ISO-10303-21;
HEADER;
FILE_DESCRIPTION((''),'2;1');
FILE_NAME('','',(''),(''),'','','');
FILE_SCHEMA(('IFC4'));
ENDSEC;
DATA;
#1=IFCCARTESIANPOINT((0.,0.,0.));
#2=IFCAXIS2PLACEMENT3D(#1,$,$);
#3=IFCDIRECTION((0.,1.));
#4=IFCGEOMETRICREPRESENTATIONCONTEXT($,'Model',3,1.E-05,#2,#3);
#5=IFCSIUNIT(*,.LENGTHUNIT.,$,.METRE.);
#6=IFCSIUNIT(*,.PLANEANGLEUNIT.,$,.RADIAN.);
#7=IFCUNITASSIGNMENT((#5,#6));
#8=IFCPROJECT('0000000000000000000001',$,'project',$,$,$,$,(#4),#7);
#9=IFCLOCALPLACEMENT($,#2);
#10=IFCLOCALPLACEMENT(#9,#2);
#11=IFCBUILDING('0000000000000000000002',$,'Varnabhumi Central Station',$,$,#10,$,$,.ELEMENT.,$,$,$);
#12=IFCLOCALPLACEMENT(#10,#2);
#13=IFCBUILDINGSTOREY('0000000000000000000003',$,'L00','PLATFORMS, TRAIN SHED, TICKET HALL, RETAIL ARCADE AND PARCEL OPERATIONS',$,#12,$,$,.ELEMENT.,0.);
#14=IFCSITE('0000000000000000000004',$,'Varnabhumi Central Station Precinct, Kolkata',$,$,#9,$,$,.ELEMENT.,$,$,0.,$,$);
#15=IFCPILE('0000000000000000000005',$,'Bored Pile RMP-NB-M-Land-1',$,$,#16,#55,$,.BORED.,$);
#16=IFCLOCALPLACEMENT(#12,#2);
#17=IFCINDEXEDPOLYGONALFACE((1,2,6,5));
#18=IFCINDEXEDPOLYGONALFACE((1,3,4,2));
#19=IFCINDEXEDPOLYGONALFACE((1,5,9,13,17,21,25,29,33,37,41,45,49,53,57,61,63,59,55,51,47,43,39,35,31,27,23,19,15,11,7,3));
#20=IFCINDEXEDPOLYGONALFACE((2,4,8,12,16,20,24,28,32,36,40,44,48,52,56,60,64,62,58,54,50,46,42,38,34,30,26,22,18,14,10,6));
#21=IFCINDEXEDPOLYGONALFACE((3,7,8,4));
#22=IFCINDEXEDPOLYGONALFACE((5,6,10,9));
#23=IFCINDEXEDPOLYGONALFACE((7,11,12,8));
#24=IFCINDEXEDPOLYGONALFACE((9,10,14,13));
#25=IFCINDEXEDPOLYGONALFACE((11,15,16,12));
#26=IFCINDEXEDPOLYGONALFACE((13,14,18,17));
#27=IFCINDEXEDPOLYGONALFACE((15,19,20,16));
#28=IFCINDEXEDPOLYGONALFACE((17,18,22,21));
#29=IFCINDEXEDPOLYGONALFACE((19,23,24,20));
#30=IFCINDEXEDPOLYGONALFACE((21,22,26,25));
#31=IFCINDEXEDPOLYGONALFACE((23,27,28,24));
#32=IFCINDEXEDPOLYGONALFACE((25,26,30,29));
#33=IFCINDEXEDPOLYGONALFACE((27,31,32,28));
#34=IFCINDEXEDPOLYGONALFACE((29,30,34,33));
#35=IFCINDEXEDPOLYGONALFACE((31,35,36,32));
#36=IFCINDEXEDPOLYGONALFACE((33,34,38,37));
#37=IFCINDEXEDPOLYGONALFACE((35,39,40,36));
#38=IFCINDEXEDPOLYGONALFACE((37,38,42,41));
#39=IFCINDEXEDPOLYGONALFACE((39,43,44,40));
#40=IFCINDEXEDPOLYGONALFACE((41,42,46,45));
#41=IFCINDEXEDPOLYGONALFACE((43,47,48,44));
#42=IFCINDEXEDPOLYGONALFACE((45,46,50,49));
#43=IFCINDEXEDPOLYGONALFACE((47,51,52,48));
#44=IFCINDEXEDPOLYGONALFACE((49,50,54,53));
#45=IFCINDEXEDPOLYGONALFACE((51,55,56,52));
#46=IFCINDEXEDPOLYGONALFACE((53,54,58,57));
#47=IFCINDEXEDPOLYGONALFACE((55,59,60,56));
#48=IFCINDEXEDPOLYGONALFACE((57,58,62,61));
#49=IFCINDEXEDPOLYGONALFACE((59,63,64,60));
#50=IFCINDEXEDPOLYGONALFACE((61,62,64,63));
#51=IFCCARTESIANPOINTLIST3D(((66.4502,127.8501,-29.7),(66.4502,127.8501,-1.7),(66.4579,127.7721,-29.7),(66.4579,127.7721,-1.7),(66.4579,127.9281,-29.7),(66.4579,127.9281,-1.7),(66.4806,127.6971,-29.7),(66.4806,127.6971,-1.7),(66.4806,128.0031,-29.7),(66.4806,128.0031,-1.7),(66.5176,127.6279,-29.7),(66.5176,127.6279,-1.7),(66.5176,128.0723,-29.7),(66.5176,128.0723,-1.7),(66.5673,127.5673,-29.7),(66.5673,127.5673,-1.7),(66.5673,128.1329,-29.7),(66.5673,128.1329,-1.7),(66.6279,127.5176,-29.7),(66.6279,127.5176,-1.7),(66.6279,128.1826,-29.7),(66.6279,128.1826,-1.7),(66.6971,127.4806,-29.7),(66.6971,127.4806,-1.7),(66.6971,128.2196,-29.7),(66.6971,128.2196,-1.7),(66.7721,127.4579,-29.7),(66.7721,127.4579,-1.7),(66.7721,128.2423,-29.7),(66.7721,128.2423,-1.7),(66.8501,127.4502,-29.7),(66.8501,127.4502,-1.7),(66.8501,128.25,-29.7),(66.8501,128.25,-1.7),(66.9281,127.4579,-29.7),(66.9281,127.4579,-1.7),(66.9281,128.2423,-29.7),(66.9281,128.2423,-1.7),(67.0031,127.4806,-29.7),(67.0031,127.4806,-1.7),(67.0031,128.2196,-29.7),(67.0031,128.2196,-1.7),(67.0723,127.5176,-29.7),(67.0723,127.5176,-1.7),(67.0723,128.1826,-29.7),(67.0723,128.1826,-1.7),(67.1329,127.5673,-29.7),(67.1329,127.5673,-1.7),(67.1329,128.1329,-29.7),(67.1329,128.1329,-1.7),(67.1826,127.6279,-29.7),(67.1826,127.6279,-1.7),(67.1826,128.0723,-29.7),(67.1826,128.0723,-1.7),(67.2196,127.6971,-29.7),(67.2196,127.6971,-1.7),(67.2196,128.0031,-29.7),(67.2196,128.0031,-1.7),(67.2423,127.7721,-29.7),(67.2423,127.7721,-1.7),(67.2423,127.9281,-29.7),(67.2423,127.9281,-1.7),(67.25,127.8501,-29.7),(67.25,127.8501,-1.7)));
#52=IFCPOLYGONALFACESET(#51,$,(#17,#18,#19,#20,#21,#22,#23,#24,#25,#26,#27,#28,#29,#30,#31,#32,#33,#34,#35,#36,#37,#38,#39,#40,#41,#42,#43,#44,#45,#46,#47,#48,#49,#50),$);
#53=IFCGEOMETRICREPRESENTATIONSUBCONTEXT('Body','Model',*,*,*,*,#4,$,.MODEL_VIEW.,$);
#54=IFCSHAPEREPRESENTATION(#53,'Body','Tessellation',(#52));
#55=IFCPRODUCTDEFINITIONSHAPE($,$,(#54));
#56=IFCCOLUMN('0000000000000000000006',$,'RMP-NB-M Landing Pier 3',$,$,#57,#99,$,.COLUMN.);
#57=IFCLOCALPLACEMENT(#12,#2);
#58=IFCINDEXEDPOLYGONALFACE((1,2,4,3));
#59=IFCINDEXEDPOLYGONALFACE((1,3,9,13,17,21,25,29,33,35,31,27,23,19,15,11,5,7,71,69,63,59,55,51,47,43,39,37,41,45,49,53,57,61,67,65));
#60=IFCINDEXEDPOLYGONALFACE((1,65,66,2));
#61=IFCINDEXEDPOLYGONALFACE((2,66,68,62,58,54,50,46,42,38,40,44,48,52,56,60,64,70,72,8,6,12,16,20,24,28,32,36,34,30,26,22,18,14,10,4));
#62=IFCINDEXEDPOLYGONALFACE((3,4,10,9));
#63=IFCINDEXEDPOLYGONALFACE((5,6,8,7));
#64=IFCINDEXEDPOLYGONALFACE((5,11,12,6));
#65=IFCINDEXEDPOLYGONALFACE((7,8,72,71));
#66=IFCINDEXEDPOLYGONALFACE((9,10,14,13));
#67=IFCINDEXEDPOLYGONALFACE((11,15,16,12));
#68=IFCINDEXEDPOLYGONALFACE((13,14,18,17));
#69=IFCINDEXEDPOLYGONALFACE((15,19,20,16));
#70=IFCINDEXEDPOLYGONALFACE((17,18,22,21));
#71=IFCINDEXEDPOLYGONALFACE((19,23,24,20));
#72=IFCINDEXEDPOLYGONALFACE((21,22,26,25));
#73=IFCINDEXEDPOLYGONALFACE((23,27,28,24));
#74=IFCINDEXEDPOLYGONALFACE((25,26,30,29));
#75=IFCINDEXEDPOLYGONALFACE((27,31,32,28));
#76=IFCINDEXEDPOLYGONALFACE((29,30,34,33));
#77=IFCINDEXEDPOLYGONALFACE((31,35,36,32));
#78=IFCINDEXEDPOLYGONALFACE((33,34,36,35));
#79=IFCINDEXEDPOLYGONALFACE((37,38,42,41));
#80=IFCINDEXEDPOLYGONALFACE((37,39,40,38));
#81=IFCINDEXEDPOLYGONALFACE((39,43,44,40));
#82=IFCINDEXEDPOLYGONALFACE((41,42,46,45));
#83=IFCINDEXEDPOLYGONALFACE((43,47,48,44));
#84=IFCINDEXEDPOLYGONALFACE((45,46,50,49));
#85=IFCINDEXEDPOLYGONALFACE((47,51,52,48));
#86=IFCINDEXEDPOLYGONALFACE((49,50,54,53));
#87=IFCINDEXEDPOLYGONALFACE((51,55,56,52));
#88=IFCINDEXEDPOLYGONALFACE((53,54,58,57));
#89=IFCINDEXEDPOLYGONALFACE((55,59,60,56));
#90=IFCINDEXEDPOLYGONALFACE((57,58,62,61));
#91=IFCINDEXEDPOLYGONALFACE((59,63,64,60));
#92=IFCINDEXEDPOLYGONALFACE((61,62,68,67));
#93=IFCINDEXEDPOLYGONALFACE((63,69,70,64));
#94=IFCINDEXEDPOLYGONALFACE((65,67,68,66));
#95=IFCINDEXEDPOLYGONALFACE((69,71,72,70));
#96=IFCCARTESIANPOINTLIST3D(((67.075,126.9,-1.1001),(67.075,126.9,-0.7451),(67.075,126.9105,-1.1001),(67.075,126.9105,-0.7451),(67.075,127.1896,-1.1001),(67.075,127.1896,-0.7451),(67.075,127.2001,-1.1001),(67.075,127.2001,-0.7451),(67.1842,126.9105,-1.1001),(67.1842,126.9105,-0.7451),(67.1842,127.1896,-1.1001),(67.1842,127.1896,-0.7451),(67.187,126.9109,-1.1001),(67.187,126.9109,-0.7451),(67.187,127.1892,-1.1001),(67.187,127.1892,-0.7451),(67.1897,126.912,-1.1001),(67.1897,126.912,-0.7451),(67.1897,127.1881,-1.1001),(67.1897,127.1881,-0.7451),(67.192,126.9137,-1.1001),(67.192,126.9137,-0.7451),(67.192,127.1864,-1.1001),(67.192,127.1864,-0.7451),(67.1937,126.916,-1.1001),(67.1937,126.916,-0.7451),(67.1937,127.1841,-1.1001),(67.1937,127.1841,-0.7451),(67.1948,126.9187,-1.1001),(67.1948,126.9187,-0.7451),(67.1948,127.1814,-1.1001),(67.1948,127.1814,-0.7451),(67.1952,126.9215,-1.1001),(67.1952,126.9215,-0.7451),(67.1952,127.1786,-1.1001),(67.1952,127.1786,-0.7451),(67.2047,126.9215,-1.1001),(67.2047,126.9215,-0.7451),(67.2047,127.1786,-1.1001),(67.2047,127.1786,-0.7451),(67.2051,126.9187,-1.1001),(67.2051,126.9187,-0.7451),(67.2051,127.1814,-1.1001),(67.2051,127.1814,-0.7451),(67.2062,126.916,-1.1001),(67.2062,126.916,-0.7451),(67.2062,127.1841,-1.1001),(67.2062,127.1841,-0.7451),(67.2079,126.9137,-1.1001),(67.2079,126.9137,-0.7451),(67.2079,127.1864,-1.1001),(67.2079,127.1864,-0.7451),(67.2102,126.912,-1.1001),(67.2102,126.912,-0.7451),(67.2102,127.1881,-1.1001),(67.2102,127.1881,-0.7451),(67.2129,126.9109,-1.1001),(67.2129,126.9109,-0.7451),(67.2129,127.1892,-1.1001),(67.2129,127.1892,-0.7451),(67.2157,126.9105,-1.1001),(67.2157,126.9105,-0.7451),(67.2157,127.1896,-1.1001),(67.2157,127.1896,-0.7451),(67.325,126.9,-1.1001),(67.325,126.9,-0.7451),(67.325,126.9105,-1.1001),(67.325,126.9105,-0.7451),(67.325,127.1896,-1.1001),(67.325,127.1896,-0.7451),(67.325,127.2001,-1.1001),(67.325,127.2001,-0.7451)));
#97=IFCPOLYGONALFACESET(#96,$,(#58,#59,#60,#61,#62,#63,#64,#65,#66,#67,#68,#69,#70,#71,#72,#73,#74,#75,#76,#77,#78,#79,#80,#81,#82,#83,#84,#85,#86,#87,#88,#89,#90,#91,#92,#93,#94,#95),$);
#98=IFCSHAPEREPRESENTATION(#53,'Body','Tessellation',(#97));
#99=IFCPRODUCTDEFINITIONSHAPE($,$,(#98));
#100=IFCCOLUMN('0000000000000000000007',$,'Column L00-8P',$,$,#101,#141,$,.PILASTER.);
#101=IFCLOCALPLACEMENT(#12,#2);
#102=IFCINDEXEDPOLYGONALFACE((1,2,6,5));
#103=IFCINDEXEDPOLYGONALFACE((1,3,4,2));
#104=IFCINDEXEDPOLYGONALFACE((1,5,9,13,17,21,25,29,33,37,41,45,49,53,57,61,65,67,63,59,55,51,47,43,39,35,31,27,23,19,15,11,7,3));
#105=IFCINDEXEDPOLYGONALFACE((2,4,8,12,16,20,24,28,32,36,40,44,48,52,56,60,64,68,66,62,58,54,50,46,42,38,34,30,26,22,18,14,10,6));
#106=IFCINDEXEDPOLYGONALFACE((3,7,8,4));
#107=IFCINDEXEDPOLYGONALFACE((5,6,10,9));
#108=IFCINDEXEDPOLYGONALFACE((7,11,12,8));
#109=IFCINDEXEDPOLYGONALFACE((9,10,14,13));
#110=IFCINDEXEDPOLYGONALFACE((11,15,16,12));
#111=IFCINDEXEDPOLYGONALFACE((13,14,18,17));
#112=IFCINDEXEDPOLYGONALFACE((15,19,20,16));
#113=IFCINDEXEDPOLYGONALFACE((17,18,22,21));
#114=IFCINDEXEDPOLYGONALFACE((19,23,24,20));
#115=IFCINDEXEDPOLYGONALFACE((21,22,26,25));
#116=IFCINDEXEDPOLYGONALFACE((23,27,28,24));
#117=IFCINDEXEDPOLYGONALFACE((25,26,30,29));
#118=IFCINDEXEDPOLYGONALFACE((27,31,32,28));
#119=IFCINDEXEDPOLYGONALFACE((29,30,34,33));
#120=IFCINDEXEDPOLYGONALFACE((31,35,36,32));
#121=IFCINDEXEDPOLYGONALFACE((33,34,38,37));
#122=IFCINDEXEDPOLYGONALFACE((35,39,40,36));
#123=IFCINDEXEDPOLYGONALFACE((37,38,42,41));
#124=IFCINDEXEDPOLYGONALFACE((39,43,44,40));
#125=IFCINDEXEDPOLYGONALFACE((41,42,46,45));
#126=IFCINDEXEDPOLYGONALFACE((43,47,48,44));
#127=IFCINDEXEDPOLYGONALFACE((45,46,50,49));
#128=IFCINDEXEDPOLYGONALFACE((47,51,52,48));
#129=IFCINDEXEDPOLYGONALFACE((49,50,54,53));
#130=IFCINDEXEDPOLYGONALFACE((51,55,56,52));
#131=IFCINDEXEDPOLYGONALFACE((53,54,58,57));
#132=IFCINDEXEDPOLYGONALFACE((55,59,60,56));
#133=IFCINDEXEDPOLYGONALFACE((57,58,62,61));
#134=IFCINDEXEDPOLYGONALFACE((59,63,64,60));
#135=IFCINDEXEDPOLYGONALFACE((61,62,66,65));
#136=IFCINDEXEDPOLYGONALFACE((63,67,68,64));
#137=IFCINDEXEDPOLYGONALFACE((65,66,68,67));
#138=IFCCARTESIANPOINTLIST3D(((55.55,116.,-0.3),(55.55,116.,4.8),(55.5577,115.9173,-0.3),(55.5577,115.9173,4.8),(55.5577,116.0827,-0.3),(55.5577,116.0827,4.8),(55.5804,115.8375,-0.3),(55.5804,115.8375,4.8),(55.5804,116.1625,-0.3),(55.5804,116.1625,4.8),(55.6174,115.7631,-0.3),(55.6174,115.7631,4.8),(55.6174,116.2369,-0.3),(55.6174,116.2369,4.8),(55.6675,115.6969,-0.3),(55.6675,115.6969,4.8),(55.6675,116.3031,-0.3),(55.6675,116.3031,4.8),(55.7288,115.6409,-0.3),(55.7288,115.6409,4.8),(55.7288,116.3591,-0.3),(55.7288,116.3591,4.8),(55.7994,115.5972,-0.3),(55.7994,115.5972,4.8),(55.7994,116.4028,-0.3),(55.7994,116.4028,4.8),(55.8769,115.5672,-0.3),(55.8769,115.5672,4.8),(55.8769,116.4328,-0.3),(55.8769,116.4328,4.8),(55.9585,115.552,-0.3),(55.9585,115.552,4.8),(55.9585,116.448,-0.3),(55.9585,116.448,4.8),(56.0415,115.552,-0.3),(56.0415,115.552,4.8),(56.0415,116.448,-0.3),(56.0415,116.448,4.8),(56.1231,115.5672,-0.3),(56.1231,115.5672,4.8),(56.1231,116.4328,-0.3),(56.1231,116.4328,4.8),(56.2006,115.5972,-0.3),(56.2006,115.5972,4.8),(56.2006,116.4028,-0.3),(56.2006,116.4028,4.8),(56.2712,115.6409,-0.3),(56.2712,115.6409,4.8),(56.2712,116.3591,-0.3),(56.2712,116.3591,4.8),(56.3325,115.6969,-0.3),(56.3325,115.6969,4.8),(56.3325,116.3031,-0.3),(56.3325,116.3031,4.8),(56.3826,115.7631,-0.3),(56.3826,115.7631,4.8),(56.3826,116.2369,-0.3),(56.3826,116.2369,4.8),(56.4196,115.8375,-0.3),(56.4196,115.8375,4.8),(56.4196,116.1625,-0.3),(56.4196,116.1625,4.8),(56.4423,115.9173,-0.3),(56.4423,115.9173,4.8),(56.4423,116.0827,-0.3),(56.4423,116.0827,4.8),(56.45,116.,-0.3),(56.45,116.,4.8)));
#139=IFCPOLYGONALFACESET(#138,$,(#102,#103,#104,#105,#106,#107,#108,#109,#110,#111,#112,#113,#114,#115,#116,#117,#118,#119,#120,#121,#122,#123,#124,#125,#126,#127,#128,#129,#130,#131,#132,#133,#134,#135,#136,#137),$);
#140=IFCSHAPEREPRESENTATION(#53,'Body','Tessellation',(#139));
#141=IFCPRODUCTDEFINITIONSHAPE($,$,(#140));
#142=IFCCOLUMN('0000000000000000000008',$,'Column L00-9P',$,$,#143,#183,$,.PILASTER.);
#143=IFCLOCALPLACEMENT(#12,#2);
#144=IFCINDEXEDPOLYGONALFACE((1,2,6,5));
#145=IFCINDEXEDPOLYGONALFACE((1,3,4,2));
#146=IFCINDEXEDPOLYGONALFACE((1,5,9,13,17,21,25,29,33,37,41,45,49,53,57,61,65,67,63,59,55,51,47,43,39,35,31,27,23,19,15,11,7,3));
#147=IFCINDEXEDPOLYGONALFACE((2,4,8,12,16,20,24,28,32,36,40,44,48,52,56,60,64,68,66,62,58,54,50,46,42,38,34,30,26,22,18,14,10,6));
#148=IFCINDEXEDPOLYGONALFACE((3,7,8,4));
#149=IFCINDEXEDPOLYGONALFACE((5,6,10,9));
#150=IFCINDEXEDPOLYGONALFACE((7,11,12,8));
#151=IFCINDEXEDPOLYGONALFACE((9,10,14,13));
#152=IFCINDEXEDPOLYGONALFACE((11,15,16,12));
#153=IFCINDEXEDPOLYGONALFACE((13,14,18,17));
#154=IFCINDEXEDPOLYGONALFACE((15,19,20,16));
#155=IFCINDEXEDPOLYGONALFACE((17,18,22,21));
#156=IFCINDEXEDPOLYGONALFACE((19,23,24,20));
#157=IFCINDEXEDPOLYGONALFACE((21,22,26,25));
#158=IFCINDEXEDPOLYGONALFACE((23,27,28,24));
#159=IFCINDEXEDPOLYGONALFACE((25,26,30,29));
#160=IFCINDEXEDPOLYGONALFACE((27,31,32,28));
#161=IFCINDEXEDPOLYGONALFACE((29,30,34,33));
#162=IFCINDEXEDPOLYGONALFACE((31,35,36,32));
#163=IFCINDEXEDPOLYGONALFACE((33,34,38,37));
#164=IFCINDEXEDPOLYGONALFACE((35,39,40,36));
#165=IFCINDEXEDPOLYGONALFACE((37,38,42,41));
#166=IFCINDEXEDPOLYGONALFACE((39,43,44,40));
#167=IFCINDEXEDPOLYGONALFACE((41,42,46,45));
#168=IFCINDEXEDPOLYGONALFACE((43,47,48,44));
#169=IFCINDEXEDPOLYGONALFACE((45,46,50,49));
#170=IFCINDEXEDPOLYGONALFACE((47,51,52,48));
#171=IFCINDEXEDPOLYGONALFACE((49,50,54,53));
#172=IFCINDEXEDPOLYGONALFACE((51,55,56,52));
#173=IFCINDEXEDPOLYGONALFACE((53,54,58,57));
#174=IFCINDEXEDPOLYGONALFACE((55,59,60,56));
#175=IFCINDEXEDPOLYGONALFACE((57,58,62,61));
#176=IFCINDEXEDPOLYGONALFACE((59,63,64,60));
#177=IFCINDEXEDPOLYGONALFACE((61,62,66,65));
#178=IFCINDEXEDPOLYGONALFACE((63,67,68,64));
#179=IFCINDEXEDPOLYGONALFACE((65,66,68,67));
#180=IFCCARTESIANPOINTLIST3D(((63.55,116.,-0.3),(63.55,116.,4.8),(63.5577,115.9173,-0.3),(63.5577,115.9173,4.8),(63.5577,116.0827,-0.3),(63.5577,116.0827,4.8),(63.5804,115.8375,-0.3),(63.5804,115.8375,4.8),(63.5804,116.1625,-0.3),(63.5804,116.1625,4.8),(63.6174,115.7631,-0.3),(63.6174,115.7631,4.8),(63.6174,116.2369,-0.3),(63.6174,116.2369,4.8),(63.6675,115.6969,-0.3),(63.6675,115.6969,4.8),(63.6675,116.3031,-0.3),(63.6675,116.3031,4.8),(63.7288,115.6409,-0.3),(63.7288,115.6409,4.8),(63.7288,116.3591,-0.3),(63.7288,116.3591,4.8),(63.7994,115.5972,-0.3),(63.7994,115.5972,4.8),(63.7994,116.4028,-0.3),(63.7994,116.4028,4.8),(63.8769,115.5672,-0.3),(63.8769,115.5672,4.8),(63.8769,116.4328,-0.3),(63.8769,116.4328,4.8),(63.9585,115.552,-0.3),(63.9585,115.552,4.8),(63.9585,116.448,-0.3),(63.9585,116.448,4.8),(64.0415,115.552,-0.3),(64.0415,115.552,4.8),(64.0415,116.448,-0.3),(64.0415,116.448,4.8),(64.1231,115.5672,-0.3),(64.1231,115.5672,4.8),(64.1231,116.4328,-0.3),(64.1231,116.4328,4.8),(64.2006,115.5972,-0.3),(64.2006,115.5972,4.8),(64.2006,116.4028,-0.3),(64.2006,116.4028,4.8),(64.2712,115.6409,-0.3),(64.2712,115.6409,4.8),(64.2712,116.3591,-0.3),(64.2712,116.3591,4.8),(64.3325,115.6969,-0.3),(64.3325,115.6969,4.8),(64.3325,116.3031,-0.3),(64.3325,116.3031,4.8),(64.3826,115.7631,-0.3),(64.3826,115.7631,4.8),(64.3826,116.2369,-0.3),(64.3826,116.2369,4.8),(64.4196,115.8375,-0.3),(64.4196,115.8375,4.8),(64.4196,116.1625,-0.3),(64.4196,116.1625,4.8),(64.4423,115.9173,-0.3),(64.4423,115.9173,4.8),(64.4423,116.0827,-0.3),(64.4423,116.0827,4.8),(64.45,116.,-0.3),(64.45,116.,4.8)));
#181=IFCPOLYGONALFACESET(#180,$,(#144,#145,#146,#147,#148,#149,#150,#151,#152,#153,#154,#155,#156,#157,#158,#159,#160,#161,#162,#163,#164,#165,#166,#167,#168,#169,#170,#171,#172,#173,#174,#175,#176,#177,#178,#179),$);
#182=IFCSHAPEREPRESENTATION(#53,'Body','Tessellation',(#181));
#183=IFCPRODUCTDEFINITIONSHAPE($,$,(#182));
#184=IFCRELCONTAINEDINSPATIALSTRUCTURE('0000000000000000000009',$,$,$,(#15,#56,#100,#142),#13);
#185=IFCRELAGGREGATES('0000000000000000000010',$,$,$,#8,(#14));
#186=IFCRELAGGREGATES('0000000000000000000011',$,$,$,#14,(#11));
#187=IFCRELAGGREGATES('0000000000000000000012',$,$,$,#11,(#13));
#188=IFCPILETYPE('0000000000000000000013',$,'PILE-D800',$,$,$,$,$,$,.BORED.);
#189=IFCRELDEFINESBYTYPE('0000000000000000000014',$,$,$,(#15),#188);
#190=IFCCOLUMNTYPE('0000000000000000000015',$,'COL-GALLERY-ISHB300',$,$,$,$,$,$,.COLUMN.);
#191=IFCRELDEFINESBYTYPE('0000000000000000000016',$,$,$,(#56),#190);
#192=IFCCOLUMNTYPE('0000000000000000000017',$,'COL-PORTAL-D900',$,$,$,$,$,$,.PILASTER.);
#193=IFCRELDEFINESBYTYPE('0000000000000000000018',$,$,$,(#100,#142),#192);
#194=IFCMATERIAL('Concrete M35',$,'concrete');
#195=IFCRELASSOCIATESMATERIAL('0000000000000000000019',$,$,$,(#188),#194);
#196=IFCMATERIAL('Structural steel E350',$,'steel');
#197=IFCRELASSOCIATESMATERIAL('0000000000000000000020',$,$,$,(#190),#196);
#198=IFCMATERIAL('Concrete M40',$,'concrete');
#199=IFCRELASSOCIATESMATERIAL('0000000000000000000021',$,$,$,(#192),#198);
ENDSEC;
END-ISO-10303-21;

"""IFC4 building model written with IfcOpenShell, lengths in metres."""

from ifc_helpers import new_model, si_unit, direction, frame, origin, origin_2d, place, context, subcontext, project, spatial, circle, i_section, extrude, material, material_profile, profile_set, type_object, element, save


model = new_model("IFC4")

# Units and contexts
model_context = context("Model", 3, precision=1e-05, world=origin(), true_north=direction((0.0, 1.0)))
body_context = subcontext(model_context, "Body", "Model", "MODEL_VIEW")
ifc_project = project(units=[si_unit("LENGTHUNIT", "METRE"), si_unit("PLANEANGLEUNIT", "RADIAN")], contexts=[model_context])

# Site, building, storey
site_placement = place(None, origin())
site = spatial("IfcSite", under=ifc_project, at=site_placement, Name="Varnabhumi Central Station Precinct, Kolkata", CompositionType="ELEMENT", RefElevation=0.0)
building_placement = place(site_placement, origin())
building = spatial("IfcBuilding", under=site, at=building_placement, Name="Varnabhumi Central Station", CompositionType="ELEMENT")
storey_placement = place(building_placement, origin())
storey = spatial("IfcBuildingStorey", under=building, at=storey_placement, Name="L00", Description="PLATFORMS, TRAIN SHED, TICKET HALL, RETAIL ARCADE AND PARCEL OPERATIONS", CompositionType="ELEMENT", Elevation=0.0)

# Shared definitions
ifc_material_1 = material(Name="Concrete M40", Category="concrete")

# Pile
ifc_material_2 = material(Name="Concrete M35", Category="concrete")
ifc_material_profile_1 = material_profile(ifc_material_2, circle(Radius=0.3999, at=origin_2d()), Name="Concrete M35", Category="concrete")
ifc_profile_set_1 = profile_set([ifc_material_profile_1], Name="Concrete M35")
pile_type = type_object("IfcPileType", Name="PILE-D800", PredefinedType="BORED", material=ifc_profile_set_1)
for number, where, z_axis, x_axis, name in (
    (1, (66.8501, 127.8501, -1.7), (0.0, 0.0, -1.0), (1.0, 0.0, 0.0), "Bored Pile RMP-NB-M-Land-1"),
):
    element("IfcPile", number, at=place(storey_placement, frame(where, z_axis=z_axis, x_axis=x_axis)), inside=storey, type_object=pile_type, Name=name, PredefinedType="BORED", context=body_context, shape_type="SweptSolid", body=[
        extrude(circle(Radius=0.3999, at=origin_2d()), origin(), (0.0, 0.0, 1.0), 28.0),
    ])

# Columns
ifc_material_3 = material(Name="Structural steel E350", Category="steel")
ifc_material_profile_2 = material_profile(ifc_material_3, i_section(OverallWidth=0.25, OverallDepth=0.3, WebThickness=0.0095, FlangeThickness=0.0105, FilletRadius=0.011, at=origin_2d()), Name="Structural steel E350", Category="steel")
ifc_profile_set_2 = profile_set([ifc_material_profile_2], Name="Structural steel E350")
column_type_1 = type_object("IfcColumnType", Name="COL-GALLERY-ISHB300", PredefinedType="COLUMN", material=ifc_profile_set_2)
column_placement = place(storey_placement, frame((67.2, 127.05, -1.1001), z_axis=(0.0, 0.0, 1.0), x_axis=(1.0, 0.0, 0.0)))
element("IfcColumn", 2, at=column_placement, inside=storey, type_object=column_type_1, Name="RMP-NB-M Landing Pier 3", PredefinedType="COLUMN", context=body_context, shape_type="SweptSolid", body=[
    extrude(i_section(OverallWidth=0.25, OverallDepth=0.3, WebThickness=0.0095, FlangeThickness=0.0105, FilletRadius=0.011, at=origin_2d()), origin(), (0.0, 0.0, 1.0), 0.355),
])
ifc_material_profile_3 = material_profile(ifc_material_1, circle(Radius=0.45, at=origin_2d()), Name="Concrete M40", Category="concrete")
ifc_profile_set_3 = profile_set([ifc_material_profile_3], Name="Concrete M40")
column_type_2 = type_object("IfcColumnType", Name="COL-PORTAL-D900", PredefinedType="PILASTER", material=ifc_profile_set_3)
for number, where, z_axis, x_axis, name in (
    (3, (56.0, 116.0, -0.3), (0.0, 0.0, 1.0), (1.0, 0.0, 0.0), "Column L00-8P"),
    (4, (64.0, 116.0, -0.3), (0.0, 0.0, 1.0), (1.0, 0.0, 0.0), "Column L00-9P"),
):
    element("IfcColumn", number, at=place(storey_placement, frame(where, z_axis=z_axis, x_axis=x_axis)), inside=storey, type_object=column_type_2, Name=name, PredefinedType="PILASTER", context=body_context, shape_type="SweptSolid", body=[
        extrude(circle(Radius=0.45, at=origin_2d()), origin(), (0.0, 0.0, 1.0), 5.1001),
    ])

save(model, "model.ifc")
